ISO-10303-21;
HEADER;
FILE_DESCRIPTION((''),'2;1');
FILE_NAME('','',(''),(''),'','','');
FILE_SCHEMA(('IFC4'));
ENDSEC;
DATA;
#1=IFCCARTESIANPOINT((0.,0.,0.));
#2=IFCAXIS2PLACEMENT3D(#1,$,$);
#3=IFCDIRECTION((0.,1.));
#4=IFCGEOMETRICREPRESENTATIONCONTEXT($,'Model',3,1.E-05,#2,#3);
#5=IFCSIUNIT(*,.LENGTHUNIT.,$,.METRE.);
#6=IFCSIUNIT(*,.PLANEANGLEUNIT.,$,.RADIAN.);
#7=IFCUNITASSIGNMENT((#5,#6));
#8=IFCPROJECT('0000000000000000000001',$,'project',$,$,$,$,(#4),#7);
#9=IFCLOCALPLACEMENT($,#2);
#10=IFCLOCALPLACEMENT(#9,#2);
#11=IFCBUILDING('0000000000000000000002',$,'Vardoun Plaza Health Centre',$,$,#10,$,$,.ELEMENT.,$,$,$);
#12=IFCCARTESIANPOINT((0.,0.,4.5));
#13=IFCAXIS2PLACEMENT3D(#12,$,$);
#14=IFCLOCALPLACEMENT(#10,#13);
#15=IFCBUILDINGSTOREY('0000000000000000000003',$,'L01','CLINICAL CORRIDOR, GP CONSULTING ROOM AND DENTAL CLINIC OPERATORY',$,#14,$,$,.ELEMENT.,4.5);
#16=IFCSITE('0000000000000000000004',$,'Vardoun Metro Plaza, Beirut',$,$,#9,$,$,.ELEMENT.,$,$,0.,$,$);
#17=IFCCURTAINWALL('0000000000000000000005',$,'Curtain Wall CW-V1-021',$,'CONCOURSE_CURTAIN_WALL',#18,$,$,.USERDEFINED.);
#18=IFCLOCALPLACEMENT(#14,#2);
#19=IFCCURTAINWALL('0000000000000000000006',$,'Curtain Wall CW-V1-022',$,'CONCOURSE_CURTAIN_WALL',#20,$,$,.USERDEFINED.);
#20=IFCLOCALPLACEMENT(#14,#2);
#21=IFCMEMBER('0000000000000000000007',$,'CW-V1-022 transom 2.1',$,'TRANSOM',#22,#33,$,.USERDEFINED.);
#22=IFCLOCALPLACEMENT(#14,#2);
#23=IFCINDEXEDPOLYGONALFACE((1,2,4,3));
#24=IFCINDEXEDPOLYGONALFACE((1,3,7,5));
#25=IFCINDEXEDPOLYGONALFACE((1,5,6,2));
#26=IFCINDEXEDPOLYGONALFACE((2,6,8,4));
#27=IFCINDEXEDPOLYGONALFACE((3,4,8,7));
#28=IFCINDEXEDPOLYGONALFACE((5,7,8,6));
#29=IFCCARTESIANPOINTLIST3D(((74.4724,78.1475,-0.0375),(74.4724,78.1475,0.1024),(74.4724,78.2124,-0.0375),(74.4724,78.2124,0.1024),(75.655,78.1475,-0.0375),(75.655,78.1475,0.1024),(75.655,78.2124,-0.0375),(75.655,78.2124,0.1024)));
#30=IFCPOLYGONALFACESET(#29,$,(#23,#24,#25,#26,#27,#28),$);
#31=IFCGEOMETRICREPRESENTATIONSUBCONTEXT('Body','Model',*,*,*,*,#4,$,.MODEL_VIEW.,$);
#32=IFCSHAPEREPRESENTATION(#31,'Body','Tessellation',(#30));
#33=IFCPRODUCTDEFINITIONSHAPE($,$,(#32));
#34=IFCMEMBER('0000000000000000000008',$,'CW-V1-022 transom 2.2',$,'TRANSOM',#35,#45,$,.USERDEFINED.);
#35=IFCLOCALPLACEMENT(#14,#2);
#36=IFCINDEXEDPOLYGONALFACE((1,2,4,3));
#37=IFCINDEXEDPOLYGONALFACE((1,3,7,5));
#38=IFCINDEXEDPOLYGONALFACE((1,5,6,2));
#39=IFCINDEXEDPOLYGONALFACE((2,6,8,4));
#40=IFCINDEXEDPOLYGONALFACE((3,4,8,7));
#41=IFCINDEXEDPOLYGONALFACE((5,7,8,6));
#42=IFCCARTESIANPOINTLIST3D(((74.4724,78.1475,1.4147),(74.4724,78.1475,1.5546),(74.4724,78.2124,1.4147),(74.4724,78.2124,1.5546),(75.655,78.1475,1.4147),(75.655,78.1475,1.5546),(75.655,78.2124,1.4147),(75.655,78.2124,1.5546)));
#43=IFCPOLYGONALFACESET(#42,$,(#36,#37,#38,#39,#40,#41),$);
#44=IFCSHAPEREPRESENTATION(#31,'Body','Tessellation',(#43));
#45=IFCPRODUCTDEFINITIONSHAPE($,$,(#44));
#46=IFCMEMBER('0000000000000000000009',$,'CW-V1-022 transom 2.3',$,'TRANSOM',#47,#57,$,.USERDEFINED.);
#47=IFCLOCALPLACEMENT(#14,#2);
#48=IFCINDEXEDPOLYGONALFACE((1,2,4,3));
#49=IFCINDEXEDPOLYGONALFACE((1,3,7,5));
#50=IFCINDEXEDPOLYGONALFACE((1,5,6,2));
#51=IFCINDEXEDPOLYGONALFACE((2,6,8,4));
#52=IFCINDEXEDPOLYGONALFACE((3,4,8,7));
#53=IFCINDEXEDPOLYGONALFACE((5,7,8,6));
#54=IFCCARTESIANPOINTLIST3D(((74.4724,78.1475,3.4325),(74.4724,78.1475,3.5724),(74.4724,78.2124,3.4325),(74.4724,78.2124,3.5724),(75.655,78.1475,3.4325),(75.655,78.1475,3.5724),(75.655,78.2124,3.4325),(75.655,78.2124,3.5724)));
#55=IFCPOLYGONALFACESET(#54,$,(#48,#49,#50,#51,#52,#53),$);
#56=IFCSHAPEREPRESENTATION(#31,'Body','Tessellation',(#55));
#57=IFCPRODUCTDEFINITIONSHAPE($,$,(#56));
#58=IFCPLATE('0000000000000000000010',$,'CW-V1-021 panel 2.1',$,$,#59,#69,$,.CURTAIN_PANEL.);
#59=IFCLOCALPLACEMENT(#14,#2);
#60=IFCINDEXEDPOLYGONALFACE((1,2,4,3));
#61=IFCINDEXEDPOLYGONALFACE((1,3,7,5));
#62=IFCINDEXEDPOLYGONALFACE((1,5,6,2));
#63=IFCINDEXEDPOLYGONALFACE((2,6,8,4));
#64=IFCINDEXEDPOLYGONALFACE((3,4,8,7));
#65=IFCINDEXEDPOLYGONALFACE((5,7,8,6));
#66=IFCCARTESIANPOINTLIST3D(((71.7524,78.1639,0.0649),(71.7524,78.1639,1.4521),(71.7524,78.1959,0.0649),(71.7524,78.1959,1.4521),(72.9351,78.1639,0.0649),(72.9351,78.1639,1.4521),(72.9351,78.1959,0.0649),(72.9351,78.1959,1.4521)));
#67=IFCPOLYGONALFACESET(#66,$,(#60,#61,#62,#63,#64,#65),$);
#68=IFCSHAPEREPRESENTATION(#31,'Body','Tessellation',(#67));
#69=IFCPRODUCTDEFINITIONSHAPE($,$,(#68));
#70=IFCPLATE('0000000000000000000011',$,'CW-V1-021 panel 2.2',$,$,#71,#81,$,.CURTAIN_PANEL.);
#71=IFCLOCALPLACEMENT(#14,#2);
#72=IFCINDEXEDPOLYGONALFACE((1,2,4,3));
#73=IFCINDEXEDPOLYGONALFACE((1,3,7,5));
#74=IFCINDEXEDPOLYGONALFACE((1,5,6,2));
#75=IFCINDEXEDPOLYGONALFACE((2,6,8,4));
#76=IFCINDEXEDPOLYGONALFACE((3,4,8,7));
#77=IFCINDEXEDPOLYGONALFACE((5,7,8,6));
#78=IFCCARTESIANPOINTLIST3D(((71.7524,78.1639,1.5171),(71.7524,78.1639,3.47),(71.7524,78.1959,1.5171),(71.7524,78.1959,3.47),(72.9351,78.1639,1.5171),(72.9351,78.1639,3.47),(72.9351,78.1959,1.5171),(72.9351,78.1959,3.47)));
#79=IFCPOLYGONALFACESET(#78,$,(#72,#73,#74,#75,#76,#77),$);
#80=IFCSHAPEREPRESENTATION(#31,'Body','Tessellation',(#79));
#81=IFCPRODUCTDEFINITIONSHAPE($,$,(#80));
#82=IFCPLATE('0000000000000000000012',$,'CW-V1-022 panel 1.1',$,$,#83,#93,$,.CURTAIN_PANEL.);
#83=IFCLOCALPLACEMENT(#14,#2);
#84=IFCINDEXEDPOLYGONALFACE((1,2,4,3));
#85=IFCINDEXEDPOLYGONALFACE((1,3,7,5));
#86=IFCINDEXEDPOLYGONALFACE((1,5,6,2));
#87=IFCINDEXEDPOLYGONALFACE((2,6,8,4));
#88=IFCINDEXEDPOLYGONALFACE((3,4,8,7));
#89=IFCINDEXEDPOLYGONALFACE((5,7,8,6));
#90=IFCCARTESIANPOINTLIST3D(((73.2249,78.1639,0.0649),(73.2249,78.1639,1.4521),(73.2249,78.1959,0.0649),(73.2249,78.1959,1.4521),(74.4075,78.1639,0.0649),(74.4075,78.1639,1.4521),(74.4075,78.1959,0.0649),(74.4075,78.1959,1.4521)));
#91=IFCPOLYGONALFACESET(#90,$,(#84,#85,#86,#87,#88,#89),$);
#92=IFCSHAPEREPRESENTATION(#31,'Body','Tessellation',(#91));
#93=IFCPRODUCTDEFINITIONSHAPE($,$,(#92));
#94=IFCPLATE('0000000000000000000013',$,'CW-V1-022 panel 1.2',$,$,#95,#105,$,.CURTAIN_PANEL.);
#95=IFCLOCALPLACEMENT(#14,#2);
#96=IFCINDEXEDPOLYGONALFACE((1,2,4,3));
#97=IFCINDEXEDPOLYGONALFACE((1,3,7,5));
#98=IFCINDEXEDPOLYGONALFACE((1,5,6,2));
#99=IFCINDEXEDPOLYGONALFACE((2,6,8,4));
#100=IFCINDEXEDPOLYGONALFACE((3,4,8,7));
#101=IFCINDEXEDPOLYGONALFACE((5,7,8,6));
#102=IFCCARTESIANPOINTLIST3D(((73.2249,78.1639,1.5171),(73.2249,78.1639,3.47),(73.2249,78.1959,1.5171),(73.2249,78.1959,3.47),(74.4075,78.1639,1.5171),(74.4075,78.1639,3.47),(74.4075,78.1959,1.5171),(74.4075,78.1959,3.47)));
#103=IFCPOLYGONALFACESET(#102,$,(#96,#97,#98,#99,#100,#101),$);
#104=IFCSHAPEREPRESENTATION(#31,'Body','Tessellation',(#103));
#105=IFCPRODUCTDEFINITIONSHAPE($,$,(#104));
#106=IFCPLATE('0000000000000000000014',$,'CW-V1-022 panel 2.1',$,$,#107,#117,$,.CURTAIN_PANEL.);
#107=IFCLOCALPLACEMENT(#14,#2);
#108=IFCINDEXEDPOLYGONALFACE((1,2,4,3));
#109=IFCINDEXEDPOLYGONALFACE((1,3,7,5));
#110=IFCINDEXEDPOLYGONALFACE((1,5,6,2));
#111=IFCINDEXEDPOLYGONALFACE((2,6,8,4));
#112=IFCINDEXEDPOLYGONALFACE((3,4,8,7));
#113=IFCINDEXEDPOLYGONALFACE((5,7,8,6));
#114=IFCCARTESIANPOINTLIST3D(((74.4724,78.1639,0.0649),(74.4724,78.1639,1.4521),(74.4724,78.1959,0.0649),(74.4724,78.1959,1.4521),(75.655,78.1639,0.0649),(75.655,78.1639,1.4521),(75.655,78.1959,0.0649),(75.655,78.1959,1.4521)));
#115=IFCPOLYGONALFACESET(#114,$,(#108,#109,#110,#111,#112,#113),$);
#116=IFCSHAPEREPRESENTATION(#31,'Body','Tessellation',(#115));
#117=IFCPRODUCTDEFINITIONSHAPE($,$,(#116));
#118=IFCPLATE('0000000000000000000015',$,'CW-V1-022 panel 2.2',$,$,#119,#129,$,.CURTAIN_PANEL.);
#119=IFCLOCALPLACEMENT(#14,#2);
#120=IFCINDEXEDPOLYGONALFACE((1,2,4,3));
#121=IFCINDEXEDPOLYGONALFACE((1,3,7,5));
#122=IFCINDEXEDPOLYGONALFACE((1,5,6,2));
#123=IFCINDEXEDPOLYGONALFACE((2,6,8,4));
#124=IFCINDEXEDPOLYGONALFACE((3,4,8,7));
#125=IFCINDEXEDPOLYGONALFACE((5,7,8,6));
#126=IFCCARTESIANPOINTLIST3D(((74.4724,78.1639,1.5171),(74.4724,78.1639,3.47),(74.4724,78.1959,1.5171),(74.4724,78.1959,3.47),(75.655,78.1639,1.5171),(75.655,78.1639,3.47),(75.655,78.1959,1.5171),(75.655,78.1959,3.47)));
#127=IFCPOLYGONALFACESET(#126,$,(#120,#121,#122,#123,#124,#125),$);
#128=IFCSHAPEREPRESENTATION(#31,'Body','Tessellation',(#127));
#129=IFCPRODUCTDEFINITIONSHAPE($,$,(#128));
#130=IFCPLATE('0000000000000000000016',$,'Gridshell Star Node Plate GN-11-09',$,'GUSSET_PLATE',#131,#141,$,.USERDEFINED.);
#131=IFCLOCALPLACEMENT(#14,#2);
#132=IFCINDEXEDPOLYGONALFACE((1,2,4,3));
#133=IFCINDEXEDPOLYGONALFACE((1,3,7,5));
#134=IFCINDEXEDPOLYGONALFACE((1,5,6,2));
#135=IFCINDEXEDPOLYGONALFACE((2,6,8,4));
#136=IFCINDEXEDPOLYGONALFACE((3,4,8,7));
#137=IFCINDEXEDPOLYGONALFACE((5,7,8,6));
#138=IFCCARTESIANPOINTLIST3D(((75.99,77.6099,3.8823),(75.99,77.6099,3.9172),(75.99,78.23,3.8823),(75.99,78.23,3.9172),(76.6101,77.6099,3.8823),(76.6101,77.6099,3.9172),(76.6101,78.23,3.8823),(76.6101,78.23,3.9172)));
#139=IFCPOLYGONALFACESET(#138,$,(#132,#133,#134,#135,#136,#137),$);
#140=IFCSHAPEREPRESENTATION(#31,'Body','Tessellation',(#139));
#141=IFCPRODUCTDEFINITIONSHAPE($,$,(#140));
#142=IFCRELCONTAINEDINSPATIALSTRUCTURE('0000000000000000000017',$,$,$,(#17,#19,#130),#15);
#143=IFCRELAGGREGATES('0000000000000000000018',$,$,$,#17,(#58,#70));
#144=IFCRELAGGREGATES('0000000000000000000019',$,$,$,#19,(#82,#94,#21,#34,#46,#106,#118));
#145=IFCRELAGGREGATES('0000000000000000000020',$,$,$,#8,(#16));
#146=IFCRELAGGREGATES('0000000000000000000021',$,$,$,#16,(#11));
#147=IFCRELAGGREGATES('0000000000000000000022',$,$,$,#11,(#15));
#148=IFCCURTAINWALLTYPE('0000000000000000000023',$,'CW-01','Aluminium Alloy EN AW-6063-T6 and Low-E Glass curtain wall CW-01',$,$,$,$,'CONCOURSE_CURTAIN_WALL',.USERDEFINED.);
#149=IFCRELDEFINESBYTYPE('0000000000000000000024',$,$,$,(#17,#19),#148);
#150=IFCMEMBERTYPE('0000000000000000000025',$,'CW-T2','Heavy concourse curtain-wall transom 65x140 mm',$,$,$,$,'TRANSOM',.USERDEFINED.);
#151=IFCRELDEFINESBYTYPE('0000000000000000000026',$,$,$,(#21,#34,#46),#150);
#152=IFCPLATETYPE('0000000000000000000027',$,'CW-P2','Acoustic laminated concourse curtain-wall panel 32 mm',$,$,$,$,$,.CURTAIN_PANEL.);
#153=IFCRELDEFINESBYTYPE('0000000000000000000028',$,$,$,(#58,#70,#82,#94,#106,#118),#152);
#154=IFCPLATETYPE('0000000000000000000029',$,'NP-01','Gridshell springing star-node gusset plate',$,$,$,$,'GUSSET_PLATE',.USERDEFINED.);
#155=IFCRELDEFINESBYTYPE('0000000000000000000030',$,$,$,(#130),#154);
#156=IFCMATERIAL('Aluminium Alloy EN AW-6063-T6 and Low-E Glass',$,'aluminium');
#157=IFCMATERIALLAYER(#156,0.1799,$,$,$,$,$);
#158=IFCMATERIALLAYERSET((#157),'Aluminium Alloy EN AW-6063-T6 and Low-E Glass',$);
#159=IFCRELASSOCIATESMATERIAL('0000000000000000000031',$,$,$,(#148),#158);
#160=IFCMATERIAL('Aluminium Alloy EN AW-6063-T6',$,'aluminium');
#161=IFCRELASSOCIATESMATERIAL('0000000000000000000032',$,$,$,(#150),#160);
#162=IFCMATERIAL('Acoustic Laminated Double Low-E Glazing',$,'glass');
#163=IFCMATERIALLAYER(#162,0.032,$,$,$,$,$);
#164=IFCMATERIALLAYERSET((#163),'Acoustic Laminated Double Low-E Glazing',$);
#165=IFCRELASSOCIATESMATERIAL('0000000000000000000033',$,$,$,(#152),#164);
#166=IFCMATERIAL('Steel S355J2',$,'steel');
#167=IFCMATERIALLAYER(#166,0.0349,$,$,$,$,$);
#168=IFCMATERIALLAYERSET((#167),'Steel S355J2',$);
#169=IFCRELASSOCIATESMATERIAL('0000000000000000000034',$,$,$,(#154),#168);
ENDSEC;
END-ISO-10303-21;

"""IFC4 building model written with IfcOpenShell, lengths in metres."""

from ifc_helpers import new_model, si_unit, direction, frame, origin, origin_2d, place, context, subcontext, project, spatial, rectangle, extrude, material, layer, layer_set, material_profile, profile_set, type_object, element, aggregate, save


model = new_model("IFC4")

# Units and contexts
model_context = context("Model", 3, precision=1e-05, world=origin(), true_north=direction((0.0, 1.0)))
body_context = subcontext(model_context, "Body", "Model", "MODEL_VIEW")
ifc_project = project(units=[si_unit("LENGTHUNIT", "METRE"), si_unit("PLANEANGLEUNIT", "RADIAN")], contexts=[model_context])

# Site, building, storey
site_placement = place(None, origin())
site = spatial("IfcSite", under=ifc_project, at=site_placement, Name="Vardoun Metro Plaza, Beirut", CompositionType="ELEMENT", RefElevation=0.0)
building_placement = place(site_placement, origin())
building = spatial("IfcBuilding", under=site, at=building_placement, Name="Vardoun Plaza Health Centre", CompositionType="ELEMENT")
storey_placement = place(building_placement, frame((0.0, 0.0, 4.5)))
storey = spatial("IfcBuildingStorey", under=building, at=storey_placement, Name="L01", Description="CLINICAL CORRIDOR, GP CONSULTING ROOM AND DENTAL CLINIC OPERATORY", CompositionType="ELEMENT", Elevation=4.5)

# Curtain walls
ifc_material_1 = material(Name="Aluminium Alloy EN AW-6063-T6 and Low-E Glass", Category="aluminium")
ifc_layer_1 = layer(ifc_material_1, 0.1799)
ifc_layer_set_1 = layer_set([ifc_layer_1], Name="Aluminium Alloy EN AW-6063-T6 and Low-E Glass")
curtain_wall_type = type_object("IfcCurtainWallType", Name="CW-01", Description="Aluminium Alloy EN AW-6063-T6 and Low-E Glass curtain wall CW-01", ElementType="CONCOURSE_CURTAIN_WALL", PredefinedType="USERDEFINED", material=ifc_layer_set_1)
curtain_wall_1_placement = place(storey_placement, origin())
curtain_wall_1 = element("IfcCurtainWall", 1, at=curtain_wall_1_placement, inside=storey, type_object=curtain_wall_type, Name="Curtain Wall CW-V1-021", ObjectType="CONCOURSE_CURTAIN_WALL", PredefinedType="USERDEFINED")
curtain_wall_2_placement = place(storey_placement, origin())
curtain_wall_2 = element("IfcCurtainWall", 2, at=curtain_wall_2_placement, inside=storey, type_object=curtain_wall_type, Name="Curtain Wall CW-V1-022", ObjectType="CONCOURSE_CURTAIN_WALL", PredefinedType="USERDEFINED")

# Members
ifc_material_2 = material(Name="Aluminium Alloy EN AW-6063-T6", Category="aluminium")
ifc_material_profile_1 = material_profile(ifc_material_2, rectangle(XDim=0.0649, YDim=0.1399, at=origin_2d()), Name="CWT 65x140")
ifc_profile_set_1 = profile_set([ifc_material_profile_1], Name="Aluminium Alloy EN AW-6063-T6")
member_type_1 = type_object("IfcMemberType", Name="CW-T2", Description="Heavy concourse curtain-wall transom 65x140 mm", ElementType="TRANSOM", PredefinedType="USERDEFINED", material=ifc_profile_set_1)
member_1_placement = place(storey_placement, frame((74.4724, 78.1799, 0.0325), z_axis=(1.0, 0.0, 0.0), x_axis=(0.0, 1.0, 0.0)))
member_1 = element("IfcMember", 3, at=member_1_placement, type_object=member_type_1, Name="CW-V1-022 transom 2.1", ObjectType="TRANSOM", PredefinedType="USERDEFINED", context=body_context, shape_type="SweptSolid", body=[
    extrude(rectangle(XDim=0.0649, YDim=0.1399, at=origin_2d()), origin(), (0.0, 0.0, 1.0), 1.1826),
])
member_2_placement = place(storey_placement, frame((74.4724, 78.1799, 1.4846), z_axis=(1.0, 0.0, 0.0), x_axis=(0.0, 1.0, 0.0)))
member_2 = element("IfcMember", 4, at=member_2_placement, type_object=member_type_1, Name="CW-V1-022 transom 2.2", ObjectType="TRANSOM", PredefinedType="USERDEFINED", context=body_context, shape_type="SweptSolid", body=[
    extrude(rectangle(XDim=0.0649, YDim=0.1399, at=origin_2d()), origin(), (0.0, 0.0, 1.0), 1.1826),
])
member_3_placement = place(storey_placement, frame((74.4724, 78.1799, 3.5024), z_axis=(1.0, 0.0, 0.0), x_axis=(0.0, 1.0, 0.0)))
member_3 = element("IfcMember", 5, at=member_3_placement, type_object=member_type_1, Name="CW-V1-022 transom 2.3", ObjectType="TRANSOM", PredefinedType="USERDEFINED", context=body_context, shape_type="SweptSolid", body=[
    extrude(rectangle(XDim=0.0649, YDim=0.1399, at=origin_2d()), origin(), (0.0, 0.0, 1.0), 1.1826),
])

# Plates
ifc_material_3 = material(Name="Acoustic Laminated Double Low-E Glazing", Category="glass")
ifc_layer_2 = layer(ifc_material_3, 0.032)
ifc_layer_set_2 = layer_set([ifc_layer_2], Name="Acoustic Laminated Double Low-E Glazing")
plate_type_1 = type_object("IfcPlateType", Name="CW-P2", Description="Acoustic laminated concourse curtain-wall panel 32 mm", PredefinedType="CURTAIN_PANEL", material=ifc_layer_set_2)
plate_1_placement = place(storey_placement, frame((72.3438, 78.1799, 0.0649), z_axis=(0.0, 0.0, 1.0), x_axis=(1.0, 0.0, 0.0)))
plate_1 = element("IfcPlate", 6, at=plate_1_placement, type_object=plate_type_1, Name="CW-V1-021 panel 2.1", PredefinedType="CURTAIN_PANEL", context=body_context, shape_type="SweptSolid", body=[
    extrude(rectangle(XDim=1.1826, YDim=0.032, at=origin_2d()), origin(), (0.0, 0.0, 1.0), 1.3872),
])
plate_2_placement = place(storey_placement, frame((72.3438, 78.1799, 1.5171), z_axis=(0.0, 0.0, 1.0), x_axis=(1.0, 0.0, 0.0)))
plate_2 = element("IfcPlate", 7, at=plate_2_placement, type_object=plate_type_1, Name="CW-V1-021 panel 2.2", PredefinedType="CURTAIN_PANEL", context=body_context, shape_type="SweptSolid", body=[
    extrude(rectangle(XDim=1.1826, YDim=0.032, at=origin_2d()), origin(), (0.0, 0.0, 1.0), 1.9529),
])
aggregate(curtain_wall_1, [plate_1, plate_2])
plate_3_placement = place(storey_placement, frame((73.8162, 78.1799, 0.0649), z_axis=(0.0, 0.0, 1.0), x_axis=(1.0, 0.0, 0.0)))
plate_3 = element("IfcPlate", 8, at=plate_3_placement, type_object=plate_type_1, Name="CW-V1-022 panel 1.1", PredefinedType="CURTAIN_PANEL", context=body_context, shape_type="SweptSolid", body=[
    extrude(rectangle(XDim=1.1826, YDim=0.032, at=origin_2d()), origin(), (0.0, 0.0, 1.0), 1.3872),
])
plate_4_placement = place(storey_placement, frame((73.8162, 78.1799, 1.5171), z_axis=(0.0, 0.0, 1.0), x_axis=(1.0, 0.0, 0.0)))
plate_4 = element("IfcPlate", 9, at=plate_4_placement, type_object=plate_type_1, Name="CW-V1-022 panel 1.2", PredefinedType="CURTAIN_PANEL", context=body_context, shape_type="SweptSolid", body=[
    extrude(rectangle(XDim=1.1826, YDim=0.032, at=origin_2d()), origin(), (0.0, 0.0, 1.0), 1.9529),
])
plate_5_placement = place(storey_placement, frame((75.0637, 78.1799, 0.0649), z_axis=(0.0, 0.0, 1.0), x_axis=(1.0, 0.0, 0.0)))
plate_5 = element("IfcPlate", 10, at=plate_5_placement, type_object=plate_type_1, Name="CW-V1-022 panel 2.1", PredefinedType="CURTAIN_PANEL", context=body_context, shape_type="SweptSolid", body=[
    extrude(rectangle(XDim=1.1826, YDim=0.032, at=origin_2d()), origin(), (0.0, 0.0, 1.0), 1.3872),
])
plate_6_placement = place(storey_placement, frame((75.0637, 78.1799, 1.5171), z_axis=(0.0, 0.0, 1.0), x_axis=(1.0, 0.0, 0.0)))
plate_6 = element("IfcPlate", 11, at=plate_6_placement, type_object=plate_type_1, Name="CW-V1-022 panel 2.2", PredefinedType="CURTAIN_PANEL", context=body_context, shape_type="SweptSolid", body=[
    extrude(rectangle(XDim=1.1826, YDim=0.032, at=origin_2d()), origin(), (0.0, 0.0, 1.0), 1.9529),
])
aggregate(curtain_wall_2, [plate_3, plate_4, member_1, member_2, member_3, plate_5, plate_6])
ifc_material_4 = material(Name="Steel S355J2", Category="steel")
ifc_layer_3 = layer(ifc_material_4, 0.0349)
ifc_layer_set_3 = layer_set([ifc_layer_3], Name="Steel S355J2")
plate_type_2 = type_object("IfcPlateType", Name="NP-01", Description="Gridshell springing star-node gusset plate", ElementType="GUSSET_PLATE", PredefinedType="USERDEFINED", material=ifc_layer_set_3)
plate_7_placement = place(storey_placement, frame((76.3, 77.9199, 3.8823), z_axis=(0.0, 0.0, 1.0), x_axis=(1.0, 0.0, 0.0)))
element("IfcPlate", 12, at=plate_7_placement, inside=storey, type_object=plate_type_2, Name="Gridshell Star Node Plate GN-11-09", ObjectType="GUSSET_PLATE", PredefinedType="USERDEFINED", context=body_context, shape_type="SweptSolid", body=[
    extrude(rectangle(XDim=0.6201, YDim=0.6201, at=origin_2d()), origin(), (0.0, 0.0, 1.0), 0.0349),
])

save(model, "model.ifc")
